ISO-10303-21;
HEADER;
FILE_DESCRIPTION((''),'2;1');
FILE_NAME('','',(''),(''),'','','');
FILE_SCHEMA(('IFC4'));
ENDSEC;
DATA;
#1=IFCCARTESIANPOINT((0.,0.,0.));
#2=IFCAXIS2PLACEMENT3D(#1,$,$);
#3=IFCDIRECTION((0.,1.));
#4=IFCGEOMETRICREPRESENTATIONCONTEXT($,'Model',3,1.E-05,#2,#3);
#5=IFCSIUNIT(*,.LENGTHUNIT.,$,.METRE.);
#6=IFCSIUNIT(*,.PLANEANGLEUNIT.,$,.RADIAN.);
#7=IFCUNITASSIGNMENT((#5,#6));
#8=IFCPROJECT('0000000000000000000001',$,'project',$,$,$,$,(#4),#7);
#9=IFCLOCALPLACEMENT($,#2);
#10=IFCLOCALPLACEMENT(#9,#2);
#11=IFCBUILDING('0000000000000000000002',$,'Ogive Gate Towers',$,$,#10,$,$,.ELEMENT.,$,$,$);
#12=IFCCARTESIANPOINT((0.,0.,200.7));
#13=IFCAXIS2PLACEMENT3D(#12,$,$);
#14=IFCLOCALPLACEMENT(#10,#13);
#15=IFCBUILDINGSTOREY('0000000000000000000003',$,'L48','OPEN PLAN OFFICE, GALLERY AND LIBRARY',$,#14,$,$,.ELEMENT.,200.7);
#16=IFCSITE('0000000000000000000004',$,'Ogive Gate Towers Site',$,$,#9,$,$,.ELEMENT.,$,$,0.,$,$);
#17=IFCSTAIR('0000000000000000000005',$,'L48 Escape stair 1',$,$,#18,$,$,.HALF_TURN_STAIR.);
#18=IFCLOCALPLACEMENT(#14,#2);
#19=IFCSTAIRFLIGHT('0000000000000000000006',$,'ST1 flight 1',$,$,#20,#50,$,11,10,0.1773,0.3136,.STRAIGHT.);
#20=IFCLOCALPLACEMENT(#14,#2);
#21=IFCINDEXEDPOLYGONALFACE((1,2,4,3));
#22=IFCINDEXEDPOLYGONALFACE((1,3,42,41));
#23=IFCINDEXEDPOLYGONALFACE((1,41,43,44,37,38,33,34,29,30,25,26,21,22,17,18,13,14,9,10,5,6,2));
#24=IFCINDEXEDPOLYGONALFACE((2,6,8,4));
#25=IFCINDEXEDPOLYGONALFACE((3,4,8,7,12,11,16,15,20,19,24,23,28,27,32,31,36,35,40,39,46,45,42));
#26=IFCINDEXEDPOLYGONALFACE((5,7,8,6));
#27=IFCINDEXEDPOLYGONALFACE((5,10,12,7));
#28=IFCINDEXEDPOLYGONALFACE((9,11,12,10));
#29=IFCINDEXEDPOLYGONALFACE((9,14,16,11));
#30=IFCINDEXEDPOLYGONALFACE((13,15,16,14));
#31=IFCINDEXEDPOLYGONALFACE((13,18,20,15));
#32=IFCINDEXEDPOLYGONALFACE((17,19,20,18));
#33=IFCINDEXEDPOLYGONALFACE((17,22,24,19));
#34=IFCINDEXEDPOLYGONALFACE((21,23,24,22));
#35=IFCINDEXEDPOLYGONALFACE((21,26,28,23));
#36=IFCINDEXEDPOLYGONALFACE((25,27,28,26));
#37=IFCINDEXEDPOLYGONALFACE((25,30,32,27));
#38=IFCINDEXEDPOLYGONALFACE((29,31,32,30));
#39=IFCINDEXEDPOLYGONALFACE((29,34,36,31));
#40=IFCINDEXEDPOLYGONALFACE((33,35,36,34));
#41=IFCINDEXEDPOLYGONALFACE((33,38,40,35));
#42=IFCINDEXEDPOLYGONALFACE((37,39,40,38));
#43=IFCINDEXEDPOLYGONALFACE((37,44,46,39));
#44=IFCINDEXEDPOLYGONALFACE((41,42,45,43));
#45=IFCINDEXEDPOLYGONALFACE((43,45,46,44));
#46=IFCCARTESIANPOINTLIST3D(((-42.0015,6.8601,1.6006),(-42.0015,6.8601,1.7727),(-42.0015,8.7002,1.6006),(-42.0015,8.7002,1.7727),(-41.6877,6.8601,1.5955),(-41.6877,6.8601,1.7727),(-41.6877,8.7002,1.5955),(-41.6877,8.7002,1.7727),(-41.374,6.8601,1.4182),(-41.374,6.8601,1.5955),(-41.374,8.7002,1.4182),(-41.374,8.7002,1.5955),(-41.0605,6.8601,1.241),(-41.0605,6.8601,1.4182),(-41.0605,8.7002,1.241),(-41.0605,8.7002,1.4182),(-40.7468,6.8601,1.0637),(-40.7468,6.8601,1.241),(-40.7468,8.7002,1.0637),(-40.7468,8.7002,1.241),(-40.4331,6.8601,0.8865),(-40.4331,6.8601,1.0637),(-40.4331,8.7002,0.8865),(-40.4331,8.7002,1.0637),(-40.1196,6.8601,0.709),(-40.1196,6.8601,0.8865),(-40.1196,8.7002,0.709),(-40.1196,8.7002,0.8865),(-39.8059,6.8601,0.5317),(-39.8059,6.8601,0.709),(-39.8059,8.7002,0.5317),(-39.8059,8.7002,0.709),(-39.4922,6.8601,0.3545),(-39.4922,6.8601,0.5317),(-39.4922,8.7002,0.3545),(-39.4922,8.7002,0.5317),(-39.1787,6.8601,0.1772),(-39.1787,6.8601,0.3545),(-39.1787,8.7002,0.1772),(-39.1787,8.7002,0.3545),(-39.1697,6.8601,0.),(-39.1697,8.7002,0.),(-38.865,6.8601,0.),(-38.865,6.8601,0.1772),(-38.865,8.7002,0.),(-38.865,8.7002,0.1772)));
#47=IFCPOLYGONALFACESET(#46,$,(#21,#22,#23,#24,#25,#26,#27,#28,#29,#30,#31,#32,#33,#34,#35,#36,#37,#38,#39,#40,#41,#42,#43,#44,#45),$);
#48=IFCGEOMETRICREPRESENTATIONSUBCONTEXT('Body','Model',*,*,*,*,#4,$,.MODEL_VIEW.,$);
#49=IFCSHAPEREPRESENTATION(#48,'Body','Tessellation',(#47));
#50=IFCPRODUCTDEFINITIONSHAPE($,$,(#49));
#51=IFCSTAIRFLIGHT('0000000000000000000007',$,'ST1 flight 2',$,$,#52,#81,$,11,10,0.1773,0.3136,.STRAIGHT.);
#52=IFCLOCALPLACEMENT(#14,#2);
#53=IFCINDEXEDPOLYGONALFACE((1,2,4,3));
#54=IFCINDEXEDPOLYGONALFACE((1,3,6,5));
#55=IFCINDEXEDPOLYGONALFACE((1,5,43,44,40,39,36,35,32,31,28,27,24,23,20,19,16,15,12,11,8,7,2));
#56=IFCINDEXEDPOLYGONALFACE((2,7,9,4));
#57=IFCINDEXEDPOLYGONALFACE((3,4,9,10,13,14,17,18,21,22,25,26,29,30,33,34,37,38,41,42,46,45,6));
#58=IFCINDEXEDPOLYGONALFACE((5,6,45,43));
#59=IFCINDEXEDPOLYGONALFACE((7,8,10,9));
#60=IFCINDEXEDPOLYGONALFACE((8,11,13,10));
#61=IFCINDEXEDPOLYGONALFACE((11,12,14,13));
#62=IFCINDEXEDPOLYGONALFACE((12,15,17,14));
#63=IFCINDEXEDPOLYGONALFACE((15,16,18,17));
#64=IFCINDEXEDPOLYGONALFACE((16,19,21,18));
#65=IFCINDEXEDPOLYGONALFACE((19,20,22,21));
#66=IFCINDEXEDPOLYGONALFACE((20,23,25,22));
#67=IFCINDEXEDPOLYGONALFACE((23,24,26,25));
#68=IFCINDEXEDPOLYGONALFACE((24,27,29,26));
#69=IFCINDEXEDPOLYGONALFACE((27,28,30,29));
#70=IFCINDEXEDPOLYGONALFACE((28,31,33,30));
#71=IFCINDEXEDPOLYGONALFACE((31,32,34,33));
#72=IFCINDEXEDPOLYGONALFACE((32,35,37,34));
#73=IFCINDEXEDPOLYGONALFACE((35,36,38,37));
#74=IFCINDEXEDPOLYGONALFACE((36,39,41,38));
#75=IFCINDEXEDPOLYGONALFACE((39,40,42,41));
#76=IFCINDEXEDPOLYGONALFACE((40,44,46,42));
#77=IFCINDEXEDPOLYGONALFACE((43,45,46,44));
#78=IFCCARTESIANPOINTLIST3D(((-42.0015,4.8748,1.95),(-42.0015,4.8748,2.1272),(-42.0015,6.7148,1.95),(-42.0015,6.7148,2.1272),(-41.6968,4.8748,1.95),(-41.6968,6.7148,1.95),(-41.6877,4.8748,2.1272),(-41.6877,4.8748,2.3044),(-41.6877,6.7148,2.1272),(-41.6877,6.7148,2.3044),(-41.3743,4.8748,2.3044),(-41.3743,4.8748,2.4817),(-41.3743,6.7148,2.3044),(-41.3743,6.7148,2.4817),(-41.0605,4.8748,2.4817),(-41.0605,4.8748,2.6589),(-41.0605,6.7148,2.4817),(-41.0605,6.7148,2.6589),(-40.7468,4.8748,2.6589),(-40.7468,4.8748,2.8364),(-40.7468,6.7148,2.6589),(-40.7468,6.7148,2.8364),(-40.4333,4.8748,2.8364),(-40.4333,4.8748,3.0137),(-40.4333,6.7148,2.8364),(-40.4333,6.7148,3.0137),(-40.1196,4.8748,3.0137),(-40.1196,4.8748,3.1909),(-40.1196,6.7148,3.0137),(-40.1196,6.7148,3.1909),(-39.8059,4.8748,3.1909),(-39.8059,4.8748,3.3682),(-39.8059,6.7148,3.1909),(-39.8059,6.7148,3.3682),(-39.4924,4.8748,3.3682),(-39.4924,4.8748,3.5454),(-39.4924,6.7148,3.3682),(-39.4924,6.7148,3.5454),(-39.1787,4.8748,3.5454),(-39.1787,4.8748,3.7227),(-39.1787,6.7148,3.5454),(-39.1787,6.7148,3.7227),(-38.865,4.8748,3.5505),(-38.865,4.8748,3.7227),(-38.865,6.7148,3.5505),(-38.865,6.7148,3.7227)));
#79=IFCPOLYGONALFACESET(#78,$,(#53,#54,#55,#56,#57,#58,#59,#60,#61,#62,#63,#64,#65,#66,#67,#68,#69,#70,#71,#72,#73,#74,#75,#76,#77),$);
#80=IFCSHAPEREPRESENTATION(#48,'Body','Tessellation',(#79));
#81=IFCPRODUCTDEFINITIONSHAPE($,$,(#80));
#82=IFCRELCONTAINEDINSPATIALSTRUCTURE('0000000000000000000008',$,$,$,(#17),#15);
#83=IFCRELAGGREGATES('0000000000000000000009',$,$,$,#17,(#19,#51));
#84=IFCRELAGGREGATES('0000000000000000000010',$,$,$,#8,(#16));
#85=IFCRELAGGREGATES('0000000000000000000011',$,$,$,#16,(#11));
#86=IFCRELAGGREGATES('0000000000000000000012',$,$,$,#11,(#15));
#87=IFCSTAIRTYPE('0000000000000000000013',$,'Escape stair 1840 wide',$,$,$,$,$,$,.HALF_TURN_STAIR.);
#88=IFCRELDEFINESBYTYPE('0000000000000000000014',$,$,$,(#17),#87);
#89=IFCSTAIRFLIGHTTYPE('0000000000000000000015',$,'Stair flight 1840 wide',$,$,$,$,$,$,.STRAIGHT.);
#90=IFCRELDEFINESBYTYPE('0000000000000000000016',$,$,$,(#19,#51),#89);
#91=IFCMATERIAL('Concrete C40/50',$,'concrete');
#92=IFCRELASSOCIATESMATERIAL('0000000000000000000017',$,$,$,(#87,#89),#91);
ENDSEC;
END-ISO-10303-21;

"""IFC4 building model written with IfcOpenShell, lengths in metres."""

from ifc_helpers import new_model, si_unit, direction, frame, origin, place, context, subcontext, project, spatial, polyline, outline, extrude, material, type_object, element, aggregate, save


model = new_model("IFC4")

# Units and contexts
model_context = context("Model", 3, precision=1e-05, world=origin(), true_north=direction((0.0, 1.0)))
body_context = subcontext(model_context, "Body", "Model", "MODEL_VIEW")
ifc_project = project(units=[si_unit("LENGTHUNIT", "METRE"), si_unit("PLANEANGLEUNIT", "RADIAN")], contexts=[model_context])

# Site, building, storey
site_placement = place(None, origin())
site = spatial("IfcSite", under=ifc_project, at=site_placement, Name="Ogive Gate Towers Site", CompositionType="ELEMENT", RefElevation=0.0)
building_placement = place(site_placement, origin())
building = spatial("IfcBuilding", under=site, at=building_placement, Name="Ogive Gate Towers", CompositionType="ELEMENT")
storey_placement = place(building_placement, frame((0.0, 0.0, 200.7)))
storey = spatial("IfcBuildingStorey", under=building, at=storey_placement, Name="L48", Description="OPEN PLAN OFFICE, GALLERY AND LIBRARY", CompositionType="ELEMENT", Elevation=200.7)

# Stair, stair flights
ifc_material_1 = material(Name="Concrete C40/50", Category="concrete")
stair_type = type_object("IfcStairType", Name="Escape stair 1840 wide", PredefinedType="HALF_TURN_STAIR", material=ifc_material_1)
stair_placement = place(storey_placement, origin())
stair = element("IfcStair", 1, at=stair_placement, inside=storey, type_object=stair_type, Name="L48 Escape stair 1", PredefinedType="HALF_TURN_STAIR")
stair_flight_type = type_object("IfcStairFlightType", Name="Stair flight 1840 wide", PredefinedType="STRAIGHT", material=ifc_material_1)
stair_flight_1_placement = place(storey_placement, frame((-38.865, 7.78, 0.0), z_axis=(0.0, 0.0, 1.0), x_axis=(-1.0, 0.0, 0.0)))
stair_flight_1 = element("IfcStairFlight", 2, at=stair_flight_1_placement, type_object=stair_flight_type, Name="ST1 flight 1", NumberOfRisers=11, NumberOfTreads=10, PredefinedType="STRAIGHT", RiserHeight=0.1773, TreadLength=0.3136, context=body_context, shape_type="SweptSolid", body=[
    extrude(outline(polyline([(0.0, 0.0), (0.0, 0.1772), (0.3137, 0.1772), (0.3137, 0.3545), (0.6272, 0.3545), (0.6272, 0.5317), (0.9409, 0.5317), (0.9409, 0.709), (1.2546, 0.709), (1.2546, 0.8865), (1.5681, 0.8865), (1.5681, 1.0637), (1.8818, 1.0637), (1.8818, 1.241), (2.1956, 1.241), (2.1956, 1.4182), (2.509, 1.4182), (2.509, 1.5955), (2.8228, 1.5955), (2.8228, 1.7727), (3.1365, 1.7727), (3.1365, 1.95), (3.1365, 1.6006), (0.3047, 0.0), (0.0, 0.0)])), frame((0.0, 0.9199, 0.0), z_axis=(0.0, -1.0, 0.0), x_axis=(1.0, 0.0, 0.0)), (0.0, 0.0, 1.0), 1.8401),
])
stair_flight_2_placement = place(storey_placement, frame((-42.0015, 5.7949, 1.95), z_axis=(0.0, 0.0, 1.0), x_axis=(1.0, 0.0, 0.0)))
stair_flight_2 = element("IfcStairFlight", 3, at=stair_flight_2_placement, type_object=stair_flight_type, Name="ST1 flight 2", NumberOfRisers=11, NumberOfTreads=10, PredefinedType="STRAIGHT", RiserHeight=0.1773, TreadLength=0.3136, context=body_context, shape_type="SweptSolid", body=[
    extrude(outline(polyline([(0.0, 0.0), (0.0, 0.1772), (0.3137, 0.1772), (0.3137, 0.3545), (0.6272, 0.3545), (0.6272, 0.5317), (0.9409, 0.5317), (0.9409, 0.709), (1.2546, 0.709), (1.2546, 0.8865), (1.5681, 0.8865), (1.5681, 1.0637), (1.8818, 1.0637), (1.8818, 1.241), (2.1956, 1.241), (2.1956, 1.4182), (2.509, 1.4182), (2.509, 1.5955), (2.8228, 1.5955), (2.8228, 1.7727), (3.1365, 1.7727), (3.1365, 1.95), (3.1365, 1.6006), (0.3047, 0.0), (0.0, 0.0)])), frame((0.0, 0.9199, 0.0), z_axis=(0.0, -1.0, 0.0), x_axis=(1.0, 0.0, 0.0)), (0.0, 0.0, 1.0), 1.8401),
])
aggregate(stair, [stair_flight_1, stair_flight_2])

save(model, "model.ifc")
